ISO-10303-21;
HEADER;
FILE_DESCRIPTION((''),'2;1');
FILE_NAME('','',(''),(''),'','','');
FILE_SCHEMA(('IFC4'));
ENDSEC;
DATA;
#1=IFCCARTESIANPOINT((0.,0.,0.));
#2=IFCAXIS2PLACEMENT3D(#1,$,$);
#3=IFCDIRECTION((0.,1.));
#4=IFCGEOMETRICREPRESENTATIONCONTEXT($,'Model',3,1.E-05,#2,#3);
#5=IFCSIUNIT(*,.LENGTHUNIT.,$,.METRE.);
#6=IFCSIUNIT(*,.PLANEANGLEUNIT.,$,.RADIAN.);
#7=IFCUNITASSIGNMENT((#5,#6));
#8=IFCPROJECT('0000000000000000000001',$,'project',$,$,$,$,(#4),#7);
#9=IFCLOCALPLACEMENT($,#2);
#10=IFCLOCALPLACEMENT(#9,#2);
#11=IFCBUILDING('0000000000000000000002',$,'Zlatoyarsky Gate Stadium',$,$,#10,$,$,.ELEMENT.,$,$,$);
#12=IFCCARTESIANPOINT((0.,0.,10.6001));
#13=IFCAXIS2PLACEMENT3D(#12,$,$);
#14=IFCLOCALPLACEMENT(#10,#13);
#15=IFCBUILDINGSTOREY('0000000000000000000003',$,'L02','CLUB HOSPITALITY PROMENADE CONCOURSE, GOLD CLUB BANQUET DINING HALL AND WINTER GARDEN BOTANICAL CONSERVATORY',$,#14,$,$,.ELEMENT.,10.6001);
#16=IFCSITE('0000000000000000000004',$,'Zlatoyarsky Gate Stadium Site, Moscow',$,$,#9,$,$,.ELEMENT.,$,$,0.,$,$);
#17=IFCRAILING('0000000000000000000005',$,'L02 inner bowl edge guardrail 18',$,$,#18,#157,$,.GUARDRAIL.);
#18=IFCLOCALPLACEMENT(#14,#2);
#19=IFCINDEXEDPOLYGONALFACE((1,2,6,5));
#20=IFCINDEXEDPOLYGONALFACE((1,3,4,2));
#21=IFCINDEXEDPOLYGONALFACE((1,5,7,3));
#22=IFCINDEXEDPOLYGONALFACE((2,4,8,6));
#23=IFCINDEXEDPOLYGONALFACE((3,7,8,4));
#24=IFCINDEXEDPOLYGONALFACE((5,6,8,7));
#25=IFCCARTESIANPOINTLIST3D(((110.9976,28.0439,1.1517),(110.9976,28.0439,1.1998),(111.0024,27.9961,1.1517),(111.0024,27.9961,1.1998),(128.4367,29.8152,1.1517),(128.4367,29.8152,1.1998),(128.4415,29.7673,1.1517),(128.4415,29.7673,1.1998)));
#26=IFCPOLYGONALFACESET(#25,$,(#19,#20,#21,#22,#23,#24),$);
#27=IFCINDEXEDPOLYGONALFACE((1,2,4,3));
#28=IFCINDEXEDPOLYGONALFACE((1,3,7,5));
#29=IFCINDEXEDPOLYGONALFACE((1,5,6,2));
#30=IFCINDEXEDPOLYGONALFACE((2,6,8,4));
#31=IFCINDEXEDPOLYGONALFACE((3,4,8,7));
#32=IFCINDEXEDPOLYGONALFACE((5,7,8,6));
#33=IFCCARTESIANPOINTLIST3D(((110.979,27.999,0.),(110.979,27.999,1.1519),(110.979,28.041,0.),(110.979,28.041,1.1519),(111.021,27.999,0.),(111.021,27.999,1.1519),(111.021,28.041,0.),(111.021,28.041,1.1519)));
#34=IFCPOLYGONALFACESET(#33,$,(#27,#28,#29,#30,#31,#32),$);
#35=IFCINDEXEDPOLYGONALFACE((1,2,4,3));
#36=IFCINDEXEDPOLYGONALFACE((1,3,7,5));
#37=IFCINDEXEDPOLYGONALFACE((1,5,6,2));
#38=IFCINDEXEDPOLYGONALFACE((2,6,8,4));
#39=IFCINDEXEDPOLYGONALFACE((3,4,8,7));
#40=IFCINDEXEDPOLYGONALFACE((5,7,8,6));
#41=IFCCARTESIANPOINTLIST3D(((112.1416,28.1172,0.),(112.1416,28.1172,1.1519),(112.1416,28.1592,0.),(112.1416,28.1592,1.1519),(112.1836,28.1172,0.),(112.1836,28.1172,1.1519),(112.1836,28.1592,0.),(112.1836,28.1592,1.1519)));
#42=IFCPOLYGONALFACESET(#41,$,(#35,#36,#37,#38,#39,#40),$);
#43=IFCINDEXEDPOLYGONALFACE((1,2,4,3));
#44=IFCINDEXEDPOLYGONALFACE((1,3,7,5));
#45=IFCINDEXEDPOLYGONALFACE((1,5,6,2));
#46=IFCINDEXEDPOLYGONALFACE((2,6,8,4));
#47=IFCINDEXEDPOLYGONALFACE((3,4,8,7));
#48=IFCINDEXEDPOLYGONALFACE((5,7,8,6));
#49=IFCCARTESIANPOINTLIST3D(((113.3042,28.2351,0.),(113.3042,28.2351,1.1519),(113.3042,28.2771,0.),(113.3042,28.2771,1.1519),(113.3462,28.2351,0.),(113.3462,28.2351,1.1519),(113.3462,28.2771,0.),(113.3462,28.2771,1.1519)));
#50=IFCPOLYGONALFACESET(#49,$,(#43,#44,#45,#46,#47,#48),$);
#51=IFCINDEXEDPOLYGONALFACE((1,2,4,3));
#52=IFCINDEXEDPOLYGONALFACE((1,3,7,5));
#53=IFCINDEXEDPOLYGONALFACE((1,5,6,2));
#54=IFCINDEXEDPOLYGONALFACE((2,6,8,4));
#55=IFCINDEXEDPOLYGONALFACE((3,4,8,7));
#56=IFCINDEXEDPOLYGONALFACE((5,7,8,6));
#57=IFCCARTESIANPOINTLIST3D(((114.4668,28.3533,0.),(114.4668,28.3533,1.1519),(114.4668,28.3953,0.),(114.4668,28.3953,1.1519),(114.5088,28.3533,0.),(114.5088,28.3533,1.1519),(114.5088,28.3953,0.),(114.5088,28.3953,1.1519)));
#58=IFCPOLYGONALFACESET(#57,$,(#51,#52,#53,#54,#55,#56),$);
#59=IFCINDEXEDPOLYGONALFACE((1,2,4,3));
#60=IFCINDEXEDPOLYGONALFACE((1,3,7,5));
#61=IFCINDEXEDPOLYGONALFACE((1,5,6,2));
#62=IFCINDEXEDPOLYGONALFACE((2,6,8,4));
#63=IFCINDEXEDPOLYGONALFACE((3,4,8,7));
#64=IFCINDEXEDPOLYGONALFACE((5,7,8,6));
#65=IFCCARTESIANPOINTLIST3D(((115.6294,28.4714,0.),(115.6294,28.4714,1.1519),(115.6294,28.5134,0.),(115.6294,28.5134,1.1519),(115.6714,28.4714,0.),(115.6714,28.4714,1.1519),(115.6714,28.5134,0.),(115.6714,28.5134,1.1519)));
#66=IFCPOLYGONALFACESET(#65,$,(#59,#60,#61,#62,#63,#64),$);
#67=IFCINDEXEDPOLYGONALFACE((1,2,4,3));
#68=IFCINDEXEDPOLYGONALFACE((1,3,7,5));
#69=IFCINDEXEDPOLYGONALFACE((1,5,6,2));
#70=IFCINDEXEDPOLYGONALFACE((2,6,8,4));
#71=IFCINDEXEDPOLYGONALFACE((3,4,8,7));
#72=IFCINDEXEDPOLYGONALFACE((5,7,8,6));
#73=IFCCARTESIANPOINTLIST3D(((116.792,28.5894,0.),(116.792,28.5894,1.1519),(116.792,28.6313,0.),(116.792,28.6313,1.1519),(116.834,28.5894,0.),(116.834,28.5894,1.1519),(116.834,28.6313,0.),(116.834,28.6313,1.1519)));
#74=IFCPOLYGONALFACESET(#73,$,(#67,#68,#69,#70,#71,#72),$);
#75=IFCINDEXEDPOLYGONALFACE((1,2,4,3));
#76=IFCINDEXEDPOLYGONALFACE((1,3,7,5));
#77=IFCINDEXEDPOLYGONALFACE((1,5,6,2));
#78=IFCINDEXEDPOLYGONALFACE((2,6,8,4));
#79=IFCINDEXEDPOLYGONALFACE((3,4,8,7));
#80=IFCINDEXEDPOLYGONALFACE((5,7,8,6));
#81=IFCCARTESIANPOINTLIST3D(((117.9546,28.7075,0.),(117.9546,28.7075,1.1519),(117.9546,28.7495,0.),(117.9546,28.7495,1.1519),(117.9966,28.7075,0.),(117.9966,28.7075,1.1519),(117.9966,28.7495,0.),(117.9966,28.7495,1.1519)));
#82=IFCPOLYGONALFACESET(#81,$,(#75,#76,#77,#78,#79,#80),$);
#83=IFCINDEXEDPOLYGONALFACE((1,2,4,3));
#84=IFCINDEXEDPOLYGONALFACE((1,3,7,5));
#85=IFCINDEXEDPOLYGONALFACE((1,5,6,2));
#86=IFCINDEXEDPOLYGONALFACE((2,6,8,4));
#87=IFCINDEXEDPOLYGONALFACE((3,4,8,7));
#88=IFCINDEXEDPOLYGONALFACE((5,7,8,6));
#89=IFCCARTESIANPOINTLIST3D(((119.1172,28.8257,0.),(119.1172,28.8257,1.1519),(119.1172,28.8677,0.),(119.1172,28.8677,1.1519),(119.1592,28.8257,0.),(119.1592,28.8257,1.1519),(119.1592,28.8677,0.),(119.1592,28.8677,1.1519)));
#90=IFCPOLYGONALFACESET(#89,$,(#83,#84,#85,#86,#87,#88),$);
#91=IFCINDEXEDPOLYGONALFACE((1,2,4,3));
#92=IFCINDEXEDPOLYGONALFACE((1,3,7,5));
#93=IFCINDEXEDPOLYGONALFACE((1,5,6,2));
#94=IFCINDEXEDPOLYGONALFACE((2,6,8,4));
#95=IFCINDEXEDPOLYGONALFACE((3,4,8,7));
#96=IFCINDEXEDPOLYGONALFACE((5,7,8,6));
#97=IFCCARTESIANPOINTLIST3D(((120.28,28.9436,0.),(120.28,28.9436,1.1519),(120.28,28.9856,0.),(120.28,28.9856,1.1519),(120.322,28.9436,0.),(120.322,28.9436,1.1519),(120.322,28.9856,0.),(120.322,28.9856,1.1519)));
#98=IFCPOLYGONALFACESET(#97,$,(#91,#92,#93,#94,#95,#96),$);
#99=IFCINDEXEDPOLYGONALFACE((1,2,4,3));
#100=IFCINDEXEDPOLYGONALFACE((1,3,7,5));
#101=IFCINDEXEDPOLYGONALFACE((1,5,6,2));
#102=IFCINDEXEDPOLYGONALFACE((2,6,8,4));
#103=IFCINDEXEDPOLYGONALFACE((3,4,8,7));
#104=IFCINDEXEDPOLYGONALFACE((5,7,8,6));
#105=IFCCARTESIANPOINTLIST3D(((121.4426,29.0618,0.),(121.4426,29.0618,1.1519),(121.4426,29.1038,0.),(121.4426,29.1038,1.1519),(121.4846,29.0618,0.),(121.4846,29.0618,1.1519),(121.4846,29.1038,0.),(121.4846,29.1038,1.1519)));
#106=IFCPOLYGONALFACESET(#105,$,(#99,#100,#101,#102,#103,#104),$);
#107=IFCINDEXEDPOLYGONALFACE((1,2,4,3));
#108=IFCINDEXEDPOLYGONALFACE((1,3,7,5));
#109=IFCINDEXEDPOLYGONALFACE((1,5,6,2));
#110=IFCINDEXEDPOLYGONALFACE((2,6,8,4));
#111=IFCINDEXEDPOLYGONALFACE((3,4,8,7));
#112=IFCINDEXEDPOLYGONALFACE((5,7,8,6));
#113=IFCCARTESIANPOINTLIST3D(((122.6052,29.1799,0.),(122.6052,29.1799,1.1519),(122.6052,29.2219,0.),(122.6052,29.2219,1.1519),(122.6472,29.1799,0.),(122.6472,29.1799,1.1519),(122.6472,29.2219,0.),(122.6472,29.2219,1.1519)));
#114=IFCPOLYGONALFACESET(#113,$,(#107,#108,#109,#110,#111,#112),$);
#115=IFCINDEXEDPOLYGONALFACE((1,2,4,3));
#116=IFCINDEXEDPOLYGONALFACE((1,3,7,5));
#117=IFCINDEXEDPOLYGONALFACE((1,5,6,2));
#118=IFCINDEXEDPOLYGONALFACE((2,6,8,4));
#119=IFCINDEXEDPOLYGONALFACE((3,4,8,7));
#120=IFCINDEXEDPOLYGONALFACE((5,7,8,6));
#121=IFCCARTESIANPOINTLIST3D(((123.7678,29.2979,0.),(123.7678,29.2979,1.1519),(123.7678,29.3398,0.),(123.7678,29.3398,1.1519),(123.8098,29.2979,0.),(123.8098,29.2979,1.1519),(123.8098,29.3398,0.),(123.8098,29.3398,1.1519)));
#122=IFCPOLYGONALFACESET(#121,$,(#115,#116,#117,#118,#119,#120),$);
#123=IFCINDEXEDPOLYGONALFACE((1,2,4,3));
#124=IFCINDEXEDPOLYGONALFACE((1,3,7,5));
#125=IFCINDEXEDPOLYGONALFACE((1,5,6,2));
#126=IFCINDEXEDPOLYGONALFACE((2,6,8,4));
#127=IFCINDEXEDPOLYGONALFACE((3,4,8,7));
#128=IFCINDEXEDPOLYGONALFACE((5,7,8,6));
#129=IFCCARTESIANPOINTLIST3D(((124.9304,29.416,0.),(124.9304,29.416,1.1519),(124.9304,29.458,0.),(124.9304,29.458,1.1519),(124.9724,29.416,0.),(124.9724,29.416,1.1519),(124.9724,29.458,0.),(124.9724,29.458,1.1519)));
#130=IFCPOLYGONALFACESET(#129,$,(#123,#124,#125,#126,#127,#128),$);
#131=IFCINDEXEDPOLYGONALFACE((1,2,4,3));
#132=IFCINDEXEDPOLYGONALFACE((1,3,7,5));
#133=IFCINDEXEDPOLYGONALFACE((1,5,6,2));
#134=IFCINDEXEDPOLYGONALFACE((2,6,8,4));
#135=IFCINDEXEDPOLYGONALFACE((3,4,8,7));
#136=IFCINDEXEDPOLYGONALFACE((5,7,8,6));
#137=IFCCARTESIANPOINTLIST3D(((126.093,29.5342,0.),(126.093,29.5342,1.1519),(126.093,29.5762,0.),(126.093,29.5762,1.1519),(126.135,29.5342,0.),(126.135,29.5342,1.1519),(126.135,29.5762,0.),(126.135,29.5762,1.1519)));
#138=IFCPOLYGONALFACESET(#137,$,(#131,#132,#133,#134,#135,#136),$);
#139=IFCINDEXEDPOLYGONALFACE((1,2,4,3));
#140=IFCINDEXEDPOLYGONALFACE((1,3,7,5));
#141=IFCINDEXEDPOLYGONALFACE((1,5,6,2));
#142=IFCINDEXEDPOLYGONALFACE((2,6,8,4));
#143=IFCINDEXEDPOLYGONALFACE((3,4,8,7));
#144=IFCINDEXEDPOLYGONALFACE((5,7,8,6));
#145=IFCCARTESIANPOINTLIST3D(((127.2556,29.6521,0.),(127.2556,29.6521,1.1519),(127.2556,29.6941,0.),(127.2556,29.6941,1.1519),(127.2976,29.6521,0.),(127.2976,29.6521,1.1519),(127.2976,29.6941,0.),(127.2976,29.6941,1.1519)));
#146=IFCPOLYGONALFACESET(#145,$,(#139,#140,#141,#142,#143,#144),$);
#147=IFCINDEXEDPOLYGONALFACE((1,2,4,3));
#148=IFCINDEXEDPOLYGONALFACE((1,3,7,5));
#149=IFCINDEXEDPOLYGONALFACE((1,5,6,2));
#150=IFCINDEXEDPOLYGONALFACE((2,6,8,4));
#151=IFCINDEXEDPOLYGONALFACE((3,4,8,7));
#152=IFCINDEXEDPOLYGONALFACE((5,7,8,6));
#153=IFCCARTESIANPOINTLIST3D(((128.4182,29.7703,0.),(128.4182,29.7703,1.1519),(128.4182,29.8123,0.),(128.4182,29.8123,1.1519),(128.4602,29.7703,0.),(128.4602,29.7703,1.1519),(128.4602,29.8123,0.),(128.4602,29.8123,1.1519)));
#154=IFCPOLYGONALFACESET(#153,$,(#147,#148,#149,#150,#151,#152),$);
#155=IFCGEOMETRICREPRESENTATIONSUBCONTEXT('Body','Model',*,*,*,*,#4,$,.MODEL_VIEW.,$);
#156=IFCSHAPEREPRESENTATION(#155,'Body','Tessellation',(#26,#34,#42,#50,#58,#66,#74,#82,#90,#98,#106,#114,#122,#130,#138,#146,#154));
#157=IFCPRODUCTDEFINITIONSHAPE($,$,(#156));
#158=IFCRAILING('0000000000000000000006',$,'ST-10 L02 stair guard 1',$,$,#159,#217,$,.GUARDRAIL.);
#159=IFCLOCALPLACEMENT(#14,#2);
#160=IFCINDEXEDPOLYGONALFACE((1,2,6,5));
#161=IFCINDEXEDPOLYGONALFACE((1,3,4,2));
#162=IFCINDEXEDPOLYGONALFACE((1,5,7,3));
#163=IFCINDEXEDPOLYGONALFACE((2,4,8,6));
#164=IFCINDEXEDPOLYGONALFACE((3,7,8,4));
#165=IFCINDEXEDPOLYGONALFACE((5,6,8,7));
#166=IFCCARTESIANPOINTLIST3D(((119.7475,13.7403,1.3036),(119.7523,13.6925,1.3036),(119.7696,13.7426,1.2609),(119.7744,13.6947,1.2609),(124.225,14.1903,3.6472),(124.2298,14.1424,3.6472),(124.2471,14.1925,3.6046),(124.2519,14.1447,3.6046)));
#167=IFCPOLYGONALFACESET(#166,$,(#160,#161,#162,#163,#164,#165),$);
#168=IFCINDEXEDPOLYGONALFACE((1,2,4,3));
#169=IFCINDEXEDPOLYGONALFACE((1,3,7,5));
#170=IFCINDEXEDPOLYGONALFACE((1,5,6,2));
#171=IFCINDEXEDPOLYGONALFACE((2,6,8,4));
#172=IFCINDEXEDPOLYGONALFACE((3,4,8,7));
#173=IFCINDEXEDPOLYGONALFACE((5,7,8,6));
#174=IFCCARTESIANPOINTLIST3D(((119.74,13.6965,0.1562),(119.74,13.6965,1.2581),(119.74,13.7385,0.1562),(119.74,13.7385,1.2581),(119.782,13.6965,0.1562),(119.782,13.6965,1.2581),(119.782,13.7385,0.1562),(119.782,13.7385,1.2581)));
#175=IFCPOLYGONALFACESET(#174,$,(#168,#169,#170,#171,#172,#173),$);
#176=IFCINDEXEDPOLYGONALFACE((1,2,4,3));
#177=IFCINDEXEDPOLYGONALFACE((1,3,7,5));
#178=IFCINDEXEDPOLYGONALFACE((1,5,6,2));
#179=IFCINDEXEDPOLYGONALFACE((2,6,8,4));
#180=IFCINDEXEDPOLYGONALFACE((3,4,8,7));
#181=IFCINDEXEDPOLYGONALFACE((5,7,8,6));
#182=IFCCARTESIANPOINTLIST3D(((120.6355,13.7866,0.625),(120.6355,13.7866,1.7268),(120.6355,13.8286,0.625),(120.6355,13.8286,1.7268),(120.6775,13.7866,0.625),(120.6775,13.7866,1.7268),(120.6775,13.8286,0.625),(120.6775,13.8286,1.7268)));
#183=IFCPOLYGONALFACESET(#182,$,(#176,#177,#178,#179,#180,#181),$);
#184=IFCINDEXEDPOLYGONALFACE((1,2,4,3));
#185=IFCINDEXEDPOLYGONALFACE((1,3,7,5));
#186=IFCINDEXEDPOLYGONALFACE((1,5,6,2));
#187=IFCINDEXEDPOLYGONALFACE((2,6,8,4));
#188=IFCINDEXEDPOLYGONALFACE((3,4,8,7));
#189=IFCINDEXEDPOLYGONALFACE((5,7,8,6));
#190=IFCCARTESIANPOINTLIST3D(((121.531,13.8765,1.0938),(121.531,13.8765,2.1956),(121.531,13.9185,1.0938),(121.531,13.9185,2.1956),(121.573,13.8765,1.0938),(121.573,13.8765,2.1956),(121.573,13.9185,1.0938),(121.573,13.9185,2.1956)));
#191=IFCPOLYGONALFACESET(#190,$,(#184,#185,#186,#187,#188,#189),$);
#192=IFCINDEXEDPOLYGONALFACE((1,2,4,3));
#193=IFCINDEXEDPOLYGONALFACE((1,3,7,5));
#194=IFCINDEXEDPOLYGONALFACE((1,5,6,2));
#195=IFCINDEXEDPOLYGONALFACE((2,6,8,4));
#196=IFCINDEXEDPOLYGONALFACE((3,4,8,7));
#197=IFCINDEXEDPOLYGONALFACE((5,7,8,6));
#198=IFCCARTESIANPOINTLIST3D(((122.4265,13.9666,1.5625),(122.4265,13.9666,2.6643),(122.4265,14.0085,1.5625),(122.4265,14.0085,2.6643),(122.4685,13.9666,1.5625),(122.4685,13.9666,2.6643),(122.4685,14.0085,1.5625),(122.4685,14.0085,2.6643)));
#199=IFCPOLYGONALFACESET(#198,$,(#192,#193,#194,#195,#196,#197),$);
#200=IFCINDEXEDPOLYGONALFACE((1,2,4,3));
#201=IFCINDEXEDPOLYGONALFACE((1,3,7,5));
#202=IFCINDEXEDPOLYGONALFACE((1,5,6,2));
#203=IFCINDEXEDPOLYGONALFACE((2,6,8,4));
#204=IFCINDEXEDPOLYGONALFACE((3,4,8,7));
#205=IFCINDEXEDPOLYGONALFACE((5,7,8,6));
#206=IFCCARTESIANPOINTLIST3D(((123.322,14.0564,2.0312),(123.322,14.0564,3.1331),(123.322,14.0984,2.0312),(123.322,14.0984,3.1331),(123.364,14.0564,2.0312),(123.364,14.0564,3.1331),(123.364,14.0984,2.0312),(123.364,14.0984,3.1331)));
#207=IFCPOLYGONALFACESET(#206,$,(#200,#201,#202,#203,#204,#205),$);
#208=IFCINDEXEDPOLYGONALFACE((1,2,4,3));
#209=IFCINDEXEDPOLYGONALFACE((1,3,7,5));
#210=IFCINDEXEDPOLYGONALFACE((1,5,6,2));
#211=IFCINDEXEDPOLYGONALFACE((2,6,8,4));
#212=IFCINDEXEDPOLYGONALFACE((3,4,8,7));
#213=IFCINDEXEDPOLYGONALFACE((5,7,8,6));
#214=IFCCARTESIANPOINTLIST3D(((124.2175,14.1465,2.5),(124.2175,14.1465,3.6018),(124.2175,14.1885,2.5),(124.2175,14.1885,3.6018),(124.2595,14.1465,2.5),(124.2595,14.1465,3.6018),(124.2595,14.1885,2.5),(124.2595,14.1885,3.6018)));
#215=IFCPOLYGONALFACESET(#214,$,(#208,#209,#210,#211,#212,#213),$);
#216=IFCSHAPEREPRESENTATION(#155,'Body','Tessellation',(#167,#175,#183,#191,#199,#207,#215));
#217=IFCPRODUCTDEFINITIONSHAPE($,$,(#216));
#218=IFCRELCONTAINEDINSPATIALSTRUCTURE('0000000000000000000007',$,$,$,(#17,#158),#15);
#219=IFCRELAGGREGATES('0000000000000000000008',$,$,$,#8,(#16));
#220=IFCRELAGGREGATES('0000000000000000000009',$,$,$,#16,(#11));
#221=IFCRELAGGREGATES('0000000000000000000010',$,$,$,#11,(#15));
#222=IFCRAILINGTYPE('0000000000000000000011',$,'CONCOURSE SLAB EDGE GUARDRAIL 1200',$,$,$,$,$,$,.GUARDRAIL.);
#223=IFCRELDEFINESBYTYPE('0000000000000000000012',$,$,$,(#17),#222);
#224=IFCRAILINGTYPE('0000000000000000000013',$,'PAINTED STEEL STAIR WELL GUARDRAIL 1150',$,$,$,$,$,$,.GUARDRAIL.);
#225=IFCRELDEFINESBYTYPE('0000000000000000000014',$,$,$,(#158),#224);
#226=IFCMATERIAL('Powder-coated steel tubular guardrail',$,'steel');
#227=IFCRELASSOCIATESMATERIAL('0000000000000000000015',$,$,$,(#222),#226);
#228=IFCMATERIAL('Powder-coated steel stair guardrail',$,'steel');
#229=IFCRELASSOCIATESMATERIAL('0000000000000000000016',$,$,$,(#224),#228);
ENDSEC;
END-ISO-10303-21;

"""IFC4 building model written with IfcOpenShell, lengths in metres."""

from ifc_helpers import new_model, si_unit, direction, frame, origin, origin_2d, place, context, subcontext, project, spatial, rectangle, extrude, material, type_object, element, save


model = new_model("IFC4")

# Units and contexts
model_context = context("Model", 3, precision=1e-05, world=origin(), true_north=direction((0.0, 1.0)))
body_context = subcontext(model_context, "Body", "Model", "MODEL_VIEW")
ifc_project = project(units=[si_unit("LENGTHUNIT", "METRE"), si_unit("PLANEANGLEUNIT", "RADIAN")], contexts=[model_context])

# Site, building, storey
site_placement = place(None, origin())
site = spatial("IfcSite", under=ifc_project, at=site_placement, Name="Zlatoyarsky Gate Stadium Site, Moscow", CompositionType="ELEMENT", RefElevation=0.0)
building_placement = place(site_placement, origin())
building = spatial("IfcBuilding", under=site, at=building_placement, Name="Zlatoyarsky Gate Stadium", CompositionType="ELEMENT")
storey_placement = place(building_placement, frame((0.0, 0.0, 10.6001)))
storey = spatial("IfcBuildingStorey", under=building, at=storey_placement, Name="L02", Description="CLUB HOSPITALITY PROMENADE CONCOURSE, GOLD CLUB BANQUET DINING HALL AND WINTER GARDEN BOTANICAL CONSERVATORY", CompositionType="ELEMENT", Elevation=10.6001)

# Railings
ifc_material_1 = material(Name="Powder-coated steel tubular guardrail", Category="steel")
railing_type_1 = type_object("IfcRailingType", Name="CONCOURSE SLAB EDGE GUARDRAIL 1200", PredefinedType="GUARDRAIL", material=ifc_material_1)
railing_1_placement = place(storey_placement, frame((111.0, 28.02, 0.0)))
element("IfcRailing", 1, at=railing_1_placement, inside=storey, type_object=railing_type_1, Name="L02 inner bowl edge guardrail 18", PredefinedType="GUARDRAIL", context=body_context, shape_type="SweptSolid", body=[
    extrude(rectangle(XDim=0.0481, YDim=0.0481, at=origin_2d()), frame((0.0, 0.0, 1.1758), z_axis=(0.994882, 0.101047, 0.0), x_axis=(-0.101047, 0.994882, 0.0)), (0.0, 0.0, 1.0), 17.5288),
    extrude(rectangle(XDim=0.042, YDim=0.042, at=origin_2d()), origin(), (0.0, 0.0, 1.0), 1.1519),
    extrude(rectangle(XDim=0.042, YDim=0.042, at=origin_2d()), frame((1.1626, 0.1182, 0.0)), (0.0, 0.0, 1.0), 1.1519),
    extrude(rectangle(XDim=0.042, YDim=0.042, at=origin_2d()), frame((2.3252, 0.2361, 0.0)), (0.0, 0.0, 1.0), 1.1519),
    extrude(rectangle(XDim=0.042, YDim=0.042, at=origin_2d()), frame((3.4878, 0.3542, 0.0)), (0.0, 0.0, 1.0), 1.1519),
    extrude(rectangle(XDim=0.042, YDim=0.042, at=origin_2d()), frame((4.6504, 0.4724, 0.0)), (0.0, 0.0, 1.0), 1.1519),
    extrude(rectangle(XDim=0.042, YDim=0.042, at=origin_2d()), frame((5.813, 0.5903, 0.0)), (0.0, 0.0, 1.0), 1.1519),
    extrude(rectangle(XDim=0.042, YDim=0.042, at=origin_2d()), frame((6.9756, 0.7085, 0.0)), (0.0, 0.0, 1.0), 1.1519),
    extrude(rectangle(XDim=0.042, YDim=0.042, at=origin_2d()), frame((8.1382, 0.8267, 0.0)), (0.0, 0.0, 1.0), 1.1519),
    extrude(rectangle(XDim=0.042, YDim=0.042, at=origin_2d()), frame((9.301, 0.9446, 0.0)), (0.0, 0.0, 1.0), 1.1519),
    extrude(rectangle(XDim=0.042, YDim=0.042, at=origin_2d()), frame((10.4636, 1.0627, 0.0)), (0.0, 0.0, 1.0), 1.1519),
    extrude(rectangle(XDim=0.042, YDim=0.042, at=origin_2d()), frame((11.6262, 1.1809, 0.0)), (0.0, 0.0, 1.0), 1.1519),
    extrude(rectangle(XDim=0.042, YDim=0.042, at=origin_2d()), frame((12.7888, 1.2988, 0.0)), (0.0, 0.0, 1.0), 1.1519),
    extrude(rectangle(XDim=0.042, YDim=0.042, at=origin_2d()), frame((13.9514, 1.417, 0.0)), (0.0, 0.0, 1.0), 1.1519),
    extrude(rectangle(XDim=0.042, YDim=0.042, at=origin_2d()), frame((15.114, 1.5352, 0.0)), (0.0, 0.0, 1.0), 1.1519),
    extrude(rectangle(XDim=0.042, YDim=0.042, at=origin_2d()), frame((16.2766, 1.6531, 0.0)), (0.0, 0.0, 1.0), 1.1519),
    extrude(rectangle(XDim=0.042, YDim=0.042, at=origin_2d()), frame((17.4392, 1.7712, 0.0)), (0.0, 0.0, 1.0), 1.1519),
])
ifc_material_2 = material(Name="Powder-coated steel stair guardrail", Category="steel")
railing_type_2 = type_object("IfcRailingType", Name="PAINTED STEEL STAIR WELL GUARDRAIL 1150", PredefinedType="GUARDRAIL", material=ifc_material_2)
railing_2_placement = place(storey_placement, frame((119.761, 13.7175, 0.1562)))
element("IfcRailing", 2, at=railing_2_placement, inside=storey, type_object=railing_type_2, Name="ST-10 L02 stair guard 1", PredefinedType="GUARDRAIL", context=body_context, shape_type="SweptSolid", body=[
    extrude(rectangle(XDim=0.0481, YDim=0.0481, at=origin_2d()), frame((0.0, 0.0, 1.126), z_axis=(0.882473, 0.08868, 0.461927), x_axis=(-0.099987, 0.994989, 0.0)), (0.0, 0.0, 1.0), 5.0737),
    extrude(rectangle(XDim=0.042, YDim=0.042, at=origin_2d()), origin(), (0.0, 0.0, 1.0), 1.1018),
    extrude(rectangle(XDim=0.042, YDim=0.042, at=origin_2d()), frame((0.8955, 0.0901, 0.4688)), (0.0, 0.0, 1.0), 1.1018),
    extrude(rectangle(XDim=0.042, YDim=0.042, at=origin_2d()), frame((1.791, 0.1799, 0.9375)), (0.0, 0.0, 1.0), 1.1018),
    extrude(rectangle(XDim=0.042, YDim=0.042, at=origin_2d()), frame((2.6865, 0.27, 1.4062)), (0.0, 0.0, 1.0), 1.1018),
    extrude(rectangle(XDim=0.042, YDim=0.042, at=origin_2d()), frame((3.582, 0.3599, 1.875)), (0.0, 0.0, 1.0), 1.1018),
    extrude(rectangle(XDim=0.042, YDim=0.042, at=origin_2d()), frame((4.4775, 0.45, 2.3438)), (0.0, 0.0, 1.0), 1.1018),
])

save(model, "model.ifc")
